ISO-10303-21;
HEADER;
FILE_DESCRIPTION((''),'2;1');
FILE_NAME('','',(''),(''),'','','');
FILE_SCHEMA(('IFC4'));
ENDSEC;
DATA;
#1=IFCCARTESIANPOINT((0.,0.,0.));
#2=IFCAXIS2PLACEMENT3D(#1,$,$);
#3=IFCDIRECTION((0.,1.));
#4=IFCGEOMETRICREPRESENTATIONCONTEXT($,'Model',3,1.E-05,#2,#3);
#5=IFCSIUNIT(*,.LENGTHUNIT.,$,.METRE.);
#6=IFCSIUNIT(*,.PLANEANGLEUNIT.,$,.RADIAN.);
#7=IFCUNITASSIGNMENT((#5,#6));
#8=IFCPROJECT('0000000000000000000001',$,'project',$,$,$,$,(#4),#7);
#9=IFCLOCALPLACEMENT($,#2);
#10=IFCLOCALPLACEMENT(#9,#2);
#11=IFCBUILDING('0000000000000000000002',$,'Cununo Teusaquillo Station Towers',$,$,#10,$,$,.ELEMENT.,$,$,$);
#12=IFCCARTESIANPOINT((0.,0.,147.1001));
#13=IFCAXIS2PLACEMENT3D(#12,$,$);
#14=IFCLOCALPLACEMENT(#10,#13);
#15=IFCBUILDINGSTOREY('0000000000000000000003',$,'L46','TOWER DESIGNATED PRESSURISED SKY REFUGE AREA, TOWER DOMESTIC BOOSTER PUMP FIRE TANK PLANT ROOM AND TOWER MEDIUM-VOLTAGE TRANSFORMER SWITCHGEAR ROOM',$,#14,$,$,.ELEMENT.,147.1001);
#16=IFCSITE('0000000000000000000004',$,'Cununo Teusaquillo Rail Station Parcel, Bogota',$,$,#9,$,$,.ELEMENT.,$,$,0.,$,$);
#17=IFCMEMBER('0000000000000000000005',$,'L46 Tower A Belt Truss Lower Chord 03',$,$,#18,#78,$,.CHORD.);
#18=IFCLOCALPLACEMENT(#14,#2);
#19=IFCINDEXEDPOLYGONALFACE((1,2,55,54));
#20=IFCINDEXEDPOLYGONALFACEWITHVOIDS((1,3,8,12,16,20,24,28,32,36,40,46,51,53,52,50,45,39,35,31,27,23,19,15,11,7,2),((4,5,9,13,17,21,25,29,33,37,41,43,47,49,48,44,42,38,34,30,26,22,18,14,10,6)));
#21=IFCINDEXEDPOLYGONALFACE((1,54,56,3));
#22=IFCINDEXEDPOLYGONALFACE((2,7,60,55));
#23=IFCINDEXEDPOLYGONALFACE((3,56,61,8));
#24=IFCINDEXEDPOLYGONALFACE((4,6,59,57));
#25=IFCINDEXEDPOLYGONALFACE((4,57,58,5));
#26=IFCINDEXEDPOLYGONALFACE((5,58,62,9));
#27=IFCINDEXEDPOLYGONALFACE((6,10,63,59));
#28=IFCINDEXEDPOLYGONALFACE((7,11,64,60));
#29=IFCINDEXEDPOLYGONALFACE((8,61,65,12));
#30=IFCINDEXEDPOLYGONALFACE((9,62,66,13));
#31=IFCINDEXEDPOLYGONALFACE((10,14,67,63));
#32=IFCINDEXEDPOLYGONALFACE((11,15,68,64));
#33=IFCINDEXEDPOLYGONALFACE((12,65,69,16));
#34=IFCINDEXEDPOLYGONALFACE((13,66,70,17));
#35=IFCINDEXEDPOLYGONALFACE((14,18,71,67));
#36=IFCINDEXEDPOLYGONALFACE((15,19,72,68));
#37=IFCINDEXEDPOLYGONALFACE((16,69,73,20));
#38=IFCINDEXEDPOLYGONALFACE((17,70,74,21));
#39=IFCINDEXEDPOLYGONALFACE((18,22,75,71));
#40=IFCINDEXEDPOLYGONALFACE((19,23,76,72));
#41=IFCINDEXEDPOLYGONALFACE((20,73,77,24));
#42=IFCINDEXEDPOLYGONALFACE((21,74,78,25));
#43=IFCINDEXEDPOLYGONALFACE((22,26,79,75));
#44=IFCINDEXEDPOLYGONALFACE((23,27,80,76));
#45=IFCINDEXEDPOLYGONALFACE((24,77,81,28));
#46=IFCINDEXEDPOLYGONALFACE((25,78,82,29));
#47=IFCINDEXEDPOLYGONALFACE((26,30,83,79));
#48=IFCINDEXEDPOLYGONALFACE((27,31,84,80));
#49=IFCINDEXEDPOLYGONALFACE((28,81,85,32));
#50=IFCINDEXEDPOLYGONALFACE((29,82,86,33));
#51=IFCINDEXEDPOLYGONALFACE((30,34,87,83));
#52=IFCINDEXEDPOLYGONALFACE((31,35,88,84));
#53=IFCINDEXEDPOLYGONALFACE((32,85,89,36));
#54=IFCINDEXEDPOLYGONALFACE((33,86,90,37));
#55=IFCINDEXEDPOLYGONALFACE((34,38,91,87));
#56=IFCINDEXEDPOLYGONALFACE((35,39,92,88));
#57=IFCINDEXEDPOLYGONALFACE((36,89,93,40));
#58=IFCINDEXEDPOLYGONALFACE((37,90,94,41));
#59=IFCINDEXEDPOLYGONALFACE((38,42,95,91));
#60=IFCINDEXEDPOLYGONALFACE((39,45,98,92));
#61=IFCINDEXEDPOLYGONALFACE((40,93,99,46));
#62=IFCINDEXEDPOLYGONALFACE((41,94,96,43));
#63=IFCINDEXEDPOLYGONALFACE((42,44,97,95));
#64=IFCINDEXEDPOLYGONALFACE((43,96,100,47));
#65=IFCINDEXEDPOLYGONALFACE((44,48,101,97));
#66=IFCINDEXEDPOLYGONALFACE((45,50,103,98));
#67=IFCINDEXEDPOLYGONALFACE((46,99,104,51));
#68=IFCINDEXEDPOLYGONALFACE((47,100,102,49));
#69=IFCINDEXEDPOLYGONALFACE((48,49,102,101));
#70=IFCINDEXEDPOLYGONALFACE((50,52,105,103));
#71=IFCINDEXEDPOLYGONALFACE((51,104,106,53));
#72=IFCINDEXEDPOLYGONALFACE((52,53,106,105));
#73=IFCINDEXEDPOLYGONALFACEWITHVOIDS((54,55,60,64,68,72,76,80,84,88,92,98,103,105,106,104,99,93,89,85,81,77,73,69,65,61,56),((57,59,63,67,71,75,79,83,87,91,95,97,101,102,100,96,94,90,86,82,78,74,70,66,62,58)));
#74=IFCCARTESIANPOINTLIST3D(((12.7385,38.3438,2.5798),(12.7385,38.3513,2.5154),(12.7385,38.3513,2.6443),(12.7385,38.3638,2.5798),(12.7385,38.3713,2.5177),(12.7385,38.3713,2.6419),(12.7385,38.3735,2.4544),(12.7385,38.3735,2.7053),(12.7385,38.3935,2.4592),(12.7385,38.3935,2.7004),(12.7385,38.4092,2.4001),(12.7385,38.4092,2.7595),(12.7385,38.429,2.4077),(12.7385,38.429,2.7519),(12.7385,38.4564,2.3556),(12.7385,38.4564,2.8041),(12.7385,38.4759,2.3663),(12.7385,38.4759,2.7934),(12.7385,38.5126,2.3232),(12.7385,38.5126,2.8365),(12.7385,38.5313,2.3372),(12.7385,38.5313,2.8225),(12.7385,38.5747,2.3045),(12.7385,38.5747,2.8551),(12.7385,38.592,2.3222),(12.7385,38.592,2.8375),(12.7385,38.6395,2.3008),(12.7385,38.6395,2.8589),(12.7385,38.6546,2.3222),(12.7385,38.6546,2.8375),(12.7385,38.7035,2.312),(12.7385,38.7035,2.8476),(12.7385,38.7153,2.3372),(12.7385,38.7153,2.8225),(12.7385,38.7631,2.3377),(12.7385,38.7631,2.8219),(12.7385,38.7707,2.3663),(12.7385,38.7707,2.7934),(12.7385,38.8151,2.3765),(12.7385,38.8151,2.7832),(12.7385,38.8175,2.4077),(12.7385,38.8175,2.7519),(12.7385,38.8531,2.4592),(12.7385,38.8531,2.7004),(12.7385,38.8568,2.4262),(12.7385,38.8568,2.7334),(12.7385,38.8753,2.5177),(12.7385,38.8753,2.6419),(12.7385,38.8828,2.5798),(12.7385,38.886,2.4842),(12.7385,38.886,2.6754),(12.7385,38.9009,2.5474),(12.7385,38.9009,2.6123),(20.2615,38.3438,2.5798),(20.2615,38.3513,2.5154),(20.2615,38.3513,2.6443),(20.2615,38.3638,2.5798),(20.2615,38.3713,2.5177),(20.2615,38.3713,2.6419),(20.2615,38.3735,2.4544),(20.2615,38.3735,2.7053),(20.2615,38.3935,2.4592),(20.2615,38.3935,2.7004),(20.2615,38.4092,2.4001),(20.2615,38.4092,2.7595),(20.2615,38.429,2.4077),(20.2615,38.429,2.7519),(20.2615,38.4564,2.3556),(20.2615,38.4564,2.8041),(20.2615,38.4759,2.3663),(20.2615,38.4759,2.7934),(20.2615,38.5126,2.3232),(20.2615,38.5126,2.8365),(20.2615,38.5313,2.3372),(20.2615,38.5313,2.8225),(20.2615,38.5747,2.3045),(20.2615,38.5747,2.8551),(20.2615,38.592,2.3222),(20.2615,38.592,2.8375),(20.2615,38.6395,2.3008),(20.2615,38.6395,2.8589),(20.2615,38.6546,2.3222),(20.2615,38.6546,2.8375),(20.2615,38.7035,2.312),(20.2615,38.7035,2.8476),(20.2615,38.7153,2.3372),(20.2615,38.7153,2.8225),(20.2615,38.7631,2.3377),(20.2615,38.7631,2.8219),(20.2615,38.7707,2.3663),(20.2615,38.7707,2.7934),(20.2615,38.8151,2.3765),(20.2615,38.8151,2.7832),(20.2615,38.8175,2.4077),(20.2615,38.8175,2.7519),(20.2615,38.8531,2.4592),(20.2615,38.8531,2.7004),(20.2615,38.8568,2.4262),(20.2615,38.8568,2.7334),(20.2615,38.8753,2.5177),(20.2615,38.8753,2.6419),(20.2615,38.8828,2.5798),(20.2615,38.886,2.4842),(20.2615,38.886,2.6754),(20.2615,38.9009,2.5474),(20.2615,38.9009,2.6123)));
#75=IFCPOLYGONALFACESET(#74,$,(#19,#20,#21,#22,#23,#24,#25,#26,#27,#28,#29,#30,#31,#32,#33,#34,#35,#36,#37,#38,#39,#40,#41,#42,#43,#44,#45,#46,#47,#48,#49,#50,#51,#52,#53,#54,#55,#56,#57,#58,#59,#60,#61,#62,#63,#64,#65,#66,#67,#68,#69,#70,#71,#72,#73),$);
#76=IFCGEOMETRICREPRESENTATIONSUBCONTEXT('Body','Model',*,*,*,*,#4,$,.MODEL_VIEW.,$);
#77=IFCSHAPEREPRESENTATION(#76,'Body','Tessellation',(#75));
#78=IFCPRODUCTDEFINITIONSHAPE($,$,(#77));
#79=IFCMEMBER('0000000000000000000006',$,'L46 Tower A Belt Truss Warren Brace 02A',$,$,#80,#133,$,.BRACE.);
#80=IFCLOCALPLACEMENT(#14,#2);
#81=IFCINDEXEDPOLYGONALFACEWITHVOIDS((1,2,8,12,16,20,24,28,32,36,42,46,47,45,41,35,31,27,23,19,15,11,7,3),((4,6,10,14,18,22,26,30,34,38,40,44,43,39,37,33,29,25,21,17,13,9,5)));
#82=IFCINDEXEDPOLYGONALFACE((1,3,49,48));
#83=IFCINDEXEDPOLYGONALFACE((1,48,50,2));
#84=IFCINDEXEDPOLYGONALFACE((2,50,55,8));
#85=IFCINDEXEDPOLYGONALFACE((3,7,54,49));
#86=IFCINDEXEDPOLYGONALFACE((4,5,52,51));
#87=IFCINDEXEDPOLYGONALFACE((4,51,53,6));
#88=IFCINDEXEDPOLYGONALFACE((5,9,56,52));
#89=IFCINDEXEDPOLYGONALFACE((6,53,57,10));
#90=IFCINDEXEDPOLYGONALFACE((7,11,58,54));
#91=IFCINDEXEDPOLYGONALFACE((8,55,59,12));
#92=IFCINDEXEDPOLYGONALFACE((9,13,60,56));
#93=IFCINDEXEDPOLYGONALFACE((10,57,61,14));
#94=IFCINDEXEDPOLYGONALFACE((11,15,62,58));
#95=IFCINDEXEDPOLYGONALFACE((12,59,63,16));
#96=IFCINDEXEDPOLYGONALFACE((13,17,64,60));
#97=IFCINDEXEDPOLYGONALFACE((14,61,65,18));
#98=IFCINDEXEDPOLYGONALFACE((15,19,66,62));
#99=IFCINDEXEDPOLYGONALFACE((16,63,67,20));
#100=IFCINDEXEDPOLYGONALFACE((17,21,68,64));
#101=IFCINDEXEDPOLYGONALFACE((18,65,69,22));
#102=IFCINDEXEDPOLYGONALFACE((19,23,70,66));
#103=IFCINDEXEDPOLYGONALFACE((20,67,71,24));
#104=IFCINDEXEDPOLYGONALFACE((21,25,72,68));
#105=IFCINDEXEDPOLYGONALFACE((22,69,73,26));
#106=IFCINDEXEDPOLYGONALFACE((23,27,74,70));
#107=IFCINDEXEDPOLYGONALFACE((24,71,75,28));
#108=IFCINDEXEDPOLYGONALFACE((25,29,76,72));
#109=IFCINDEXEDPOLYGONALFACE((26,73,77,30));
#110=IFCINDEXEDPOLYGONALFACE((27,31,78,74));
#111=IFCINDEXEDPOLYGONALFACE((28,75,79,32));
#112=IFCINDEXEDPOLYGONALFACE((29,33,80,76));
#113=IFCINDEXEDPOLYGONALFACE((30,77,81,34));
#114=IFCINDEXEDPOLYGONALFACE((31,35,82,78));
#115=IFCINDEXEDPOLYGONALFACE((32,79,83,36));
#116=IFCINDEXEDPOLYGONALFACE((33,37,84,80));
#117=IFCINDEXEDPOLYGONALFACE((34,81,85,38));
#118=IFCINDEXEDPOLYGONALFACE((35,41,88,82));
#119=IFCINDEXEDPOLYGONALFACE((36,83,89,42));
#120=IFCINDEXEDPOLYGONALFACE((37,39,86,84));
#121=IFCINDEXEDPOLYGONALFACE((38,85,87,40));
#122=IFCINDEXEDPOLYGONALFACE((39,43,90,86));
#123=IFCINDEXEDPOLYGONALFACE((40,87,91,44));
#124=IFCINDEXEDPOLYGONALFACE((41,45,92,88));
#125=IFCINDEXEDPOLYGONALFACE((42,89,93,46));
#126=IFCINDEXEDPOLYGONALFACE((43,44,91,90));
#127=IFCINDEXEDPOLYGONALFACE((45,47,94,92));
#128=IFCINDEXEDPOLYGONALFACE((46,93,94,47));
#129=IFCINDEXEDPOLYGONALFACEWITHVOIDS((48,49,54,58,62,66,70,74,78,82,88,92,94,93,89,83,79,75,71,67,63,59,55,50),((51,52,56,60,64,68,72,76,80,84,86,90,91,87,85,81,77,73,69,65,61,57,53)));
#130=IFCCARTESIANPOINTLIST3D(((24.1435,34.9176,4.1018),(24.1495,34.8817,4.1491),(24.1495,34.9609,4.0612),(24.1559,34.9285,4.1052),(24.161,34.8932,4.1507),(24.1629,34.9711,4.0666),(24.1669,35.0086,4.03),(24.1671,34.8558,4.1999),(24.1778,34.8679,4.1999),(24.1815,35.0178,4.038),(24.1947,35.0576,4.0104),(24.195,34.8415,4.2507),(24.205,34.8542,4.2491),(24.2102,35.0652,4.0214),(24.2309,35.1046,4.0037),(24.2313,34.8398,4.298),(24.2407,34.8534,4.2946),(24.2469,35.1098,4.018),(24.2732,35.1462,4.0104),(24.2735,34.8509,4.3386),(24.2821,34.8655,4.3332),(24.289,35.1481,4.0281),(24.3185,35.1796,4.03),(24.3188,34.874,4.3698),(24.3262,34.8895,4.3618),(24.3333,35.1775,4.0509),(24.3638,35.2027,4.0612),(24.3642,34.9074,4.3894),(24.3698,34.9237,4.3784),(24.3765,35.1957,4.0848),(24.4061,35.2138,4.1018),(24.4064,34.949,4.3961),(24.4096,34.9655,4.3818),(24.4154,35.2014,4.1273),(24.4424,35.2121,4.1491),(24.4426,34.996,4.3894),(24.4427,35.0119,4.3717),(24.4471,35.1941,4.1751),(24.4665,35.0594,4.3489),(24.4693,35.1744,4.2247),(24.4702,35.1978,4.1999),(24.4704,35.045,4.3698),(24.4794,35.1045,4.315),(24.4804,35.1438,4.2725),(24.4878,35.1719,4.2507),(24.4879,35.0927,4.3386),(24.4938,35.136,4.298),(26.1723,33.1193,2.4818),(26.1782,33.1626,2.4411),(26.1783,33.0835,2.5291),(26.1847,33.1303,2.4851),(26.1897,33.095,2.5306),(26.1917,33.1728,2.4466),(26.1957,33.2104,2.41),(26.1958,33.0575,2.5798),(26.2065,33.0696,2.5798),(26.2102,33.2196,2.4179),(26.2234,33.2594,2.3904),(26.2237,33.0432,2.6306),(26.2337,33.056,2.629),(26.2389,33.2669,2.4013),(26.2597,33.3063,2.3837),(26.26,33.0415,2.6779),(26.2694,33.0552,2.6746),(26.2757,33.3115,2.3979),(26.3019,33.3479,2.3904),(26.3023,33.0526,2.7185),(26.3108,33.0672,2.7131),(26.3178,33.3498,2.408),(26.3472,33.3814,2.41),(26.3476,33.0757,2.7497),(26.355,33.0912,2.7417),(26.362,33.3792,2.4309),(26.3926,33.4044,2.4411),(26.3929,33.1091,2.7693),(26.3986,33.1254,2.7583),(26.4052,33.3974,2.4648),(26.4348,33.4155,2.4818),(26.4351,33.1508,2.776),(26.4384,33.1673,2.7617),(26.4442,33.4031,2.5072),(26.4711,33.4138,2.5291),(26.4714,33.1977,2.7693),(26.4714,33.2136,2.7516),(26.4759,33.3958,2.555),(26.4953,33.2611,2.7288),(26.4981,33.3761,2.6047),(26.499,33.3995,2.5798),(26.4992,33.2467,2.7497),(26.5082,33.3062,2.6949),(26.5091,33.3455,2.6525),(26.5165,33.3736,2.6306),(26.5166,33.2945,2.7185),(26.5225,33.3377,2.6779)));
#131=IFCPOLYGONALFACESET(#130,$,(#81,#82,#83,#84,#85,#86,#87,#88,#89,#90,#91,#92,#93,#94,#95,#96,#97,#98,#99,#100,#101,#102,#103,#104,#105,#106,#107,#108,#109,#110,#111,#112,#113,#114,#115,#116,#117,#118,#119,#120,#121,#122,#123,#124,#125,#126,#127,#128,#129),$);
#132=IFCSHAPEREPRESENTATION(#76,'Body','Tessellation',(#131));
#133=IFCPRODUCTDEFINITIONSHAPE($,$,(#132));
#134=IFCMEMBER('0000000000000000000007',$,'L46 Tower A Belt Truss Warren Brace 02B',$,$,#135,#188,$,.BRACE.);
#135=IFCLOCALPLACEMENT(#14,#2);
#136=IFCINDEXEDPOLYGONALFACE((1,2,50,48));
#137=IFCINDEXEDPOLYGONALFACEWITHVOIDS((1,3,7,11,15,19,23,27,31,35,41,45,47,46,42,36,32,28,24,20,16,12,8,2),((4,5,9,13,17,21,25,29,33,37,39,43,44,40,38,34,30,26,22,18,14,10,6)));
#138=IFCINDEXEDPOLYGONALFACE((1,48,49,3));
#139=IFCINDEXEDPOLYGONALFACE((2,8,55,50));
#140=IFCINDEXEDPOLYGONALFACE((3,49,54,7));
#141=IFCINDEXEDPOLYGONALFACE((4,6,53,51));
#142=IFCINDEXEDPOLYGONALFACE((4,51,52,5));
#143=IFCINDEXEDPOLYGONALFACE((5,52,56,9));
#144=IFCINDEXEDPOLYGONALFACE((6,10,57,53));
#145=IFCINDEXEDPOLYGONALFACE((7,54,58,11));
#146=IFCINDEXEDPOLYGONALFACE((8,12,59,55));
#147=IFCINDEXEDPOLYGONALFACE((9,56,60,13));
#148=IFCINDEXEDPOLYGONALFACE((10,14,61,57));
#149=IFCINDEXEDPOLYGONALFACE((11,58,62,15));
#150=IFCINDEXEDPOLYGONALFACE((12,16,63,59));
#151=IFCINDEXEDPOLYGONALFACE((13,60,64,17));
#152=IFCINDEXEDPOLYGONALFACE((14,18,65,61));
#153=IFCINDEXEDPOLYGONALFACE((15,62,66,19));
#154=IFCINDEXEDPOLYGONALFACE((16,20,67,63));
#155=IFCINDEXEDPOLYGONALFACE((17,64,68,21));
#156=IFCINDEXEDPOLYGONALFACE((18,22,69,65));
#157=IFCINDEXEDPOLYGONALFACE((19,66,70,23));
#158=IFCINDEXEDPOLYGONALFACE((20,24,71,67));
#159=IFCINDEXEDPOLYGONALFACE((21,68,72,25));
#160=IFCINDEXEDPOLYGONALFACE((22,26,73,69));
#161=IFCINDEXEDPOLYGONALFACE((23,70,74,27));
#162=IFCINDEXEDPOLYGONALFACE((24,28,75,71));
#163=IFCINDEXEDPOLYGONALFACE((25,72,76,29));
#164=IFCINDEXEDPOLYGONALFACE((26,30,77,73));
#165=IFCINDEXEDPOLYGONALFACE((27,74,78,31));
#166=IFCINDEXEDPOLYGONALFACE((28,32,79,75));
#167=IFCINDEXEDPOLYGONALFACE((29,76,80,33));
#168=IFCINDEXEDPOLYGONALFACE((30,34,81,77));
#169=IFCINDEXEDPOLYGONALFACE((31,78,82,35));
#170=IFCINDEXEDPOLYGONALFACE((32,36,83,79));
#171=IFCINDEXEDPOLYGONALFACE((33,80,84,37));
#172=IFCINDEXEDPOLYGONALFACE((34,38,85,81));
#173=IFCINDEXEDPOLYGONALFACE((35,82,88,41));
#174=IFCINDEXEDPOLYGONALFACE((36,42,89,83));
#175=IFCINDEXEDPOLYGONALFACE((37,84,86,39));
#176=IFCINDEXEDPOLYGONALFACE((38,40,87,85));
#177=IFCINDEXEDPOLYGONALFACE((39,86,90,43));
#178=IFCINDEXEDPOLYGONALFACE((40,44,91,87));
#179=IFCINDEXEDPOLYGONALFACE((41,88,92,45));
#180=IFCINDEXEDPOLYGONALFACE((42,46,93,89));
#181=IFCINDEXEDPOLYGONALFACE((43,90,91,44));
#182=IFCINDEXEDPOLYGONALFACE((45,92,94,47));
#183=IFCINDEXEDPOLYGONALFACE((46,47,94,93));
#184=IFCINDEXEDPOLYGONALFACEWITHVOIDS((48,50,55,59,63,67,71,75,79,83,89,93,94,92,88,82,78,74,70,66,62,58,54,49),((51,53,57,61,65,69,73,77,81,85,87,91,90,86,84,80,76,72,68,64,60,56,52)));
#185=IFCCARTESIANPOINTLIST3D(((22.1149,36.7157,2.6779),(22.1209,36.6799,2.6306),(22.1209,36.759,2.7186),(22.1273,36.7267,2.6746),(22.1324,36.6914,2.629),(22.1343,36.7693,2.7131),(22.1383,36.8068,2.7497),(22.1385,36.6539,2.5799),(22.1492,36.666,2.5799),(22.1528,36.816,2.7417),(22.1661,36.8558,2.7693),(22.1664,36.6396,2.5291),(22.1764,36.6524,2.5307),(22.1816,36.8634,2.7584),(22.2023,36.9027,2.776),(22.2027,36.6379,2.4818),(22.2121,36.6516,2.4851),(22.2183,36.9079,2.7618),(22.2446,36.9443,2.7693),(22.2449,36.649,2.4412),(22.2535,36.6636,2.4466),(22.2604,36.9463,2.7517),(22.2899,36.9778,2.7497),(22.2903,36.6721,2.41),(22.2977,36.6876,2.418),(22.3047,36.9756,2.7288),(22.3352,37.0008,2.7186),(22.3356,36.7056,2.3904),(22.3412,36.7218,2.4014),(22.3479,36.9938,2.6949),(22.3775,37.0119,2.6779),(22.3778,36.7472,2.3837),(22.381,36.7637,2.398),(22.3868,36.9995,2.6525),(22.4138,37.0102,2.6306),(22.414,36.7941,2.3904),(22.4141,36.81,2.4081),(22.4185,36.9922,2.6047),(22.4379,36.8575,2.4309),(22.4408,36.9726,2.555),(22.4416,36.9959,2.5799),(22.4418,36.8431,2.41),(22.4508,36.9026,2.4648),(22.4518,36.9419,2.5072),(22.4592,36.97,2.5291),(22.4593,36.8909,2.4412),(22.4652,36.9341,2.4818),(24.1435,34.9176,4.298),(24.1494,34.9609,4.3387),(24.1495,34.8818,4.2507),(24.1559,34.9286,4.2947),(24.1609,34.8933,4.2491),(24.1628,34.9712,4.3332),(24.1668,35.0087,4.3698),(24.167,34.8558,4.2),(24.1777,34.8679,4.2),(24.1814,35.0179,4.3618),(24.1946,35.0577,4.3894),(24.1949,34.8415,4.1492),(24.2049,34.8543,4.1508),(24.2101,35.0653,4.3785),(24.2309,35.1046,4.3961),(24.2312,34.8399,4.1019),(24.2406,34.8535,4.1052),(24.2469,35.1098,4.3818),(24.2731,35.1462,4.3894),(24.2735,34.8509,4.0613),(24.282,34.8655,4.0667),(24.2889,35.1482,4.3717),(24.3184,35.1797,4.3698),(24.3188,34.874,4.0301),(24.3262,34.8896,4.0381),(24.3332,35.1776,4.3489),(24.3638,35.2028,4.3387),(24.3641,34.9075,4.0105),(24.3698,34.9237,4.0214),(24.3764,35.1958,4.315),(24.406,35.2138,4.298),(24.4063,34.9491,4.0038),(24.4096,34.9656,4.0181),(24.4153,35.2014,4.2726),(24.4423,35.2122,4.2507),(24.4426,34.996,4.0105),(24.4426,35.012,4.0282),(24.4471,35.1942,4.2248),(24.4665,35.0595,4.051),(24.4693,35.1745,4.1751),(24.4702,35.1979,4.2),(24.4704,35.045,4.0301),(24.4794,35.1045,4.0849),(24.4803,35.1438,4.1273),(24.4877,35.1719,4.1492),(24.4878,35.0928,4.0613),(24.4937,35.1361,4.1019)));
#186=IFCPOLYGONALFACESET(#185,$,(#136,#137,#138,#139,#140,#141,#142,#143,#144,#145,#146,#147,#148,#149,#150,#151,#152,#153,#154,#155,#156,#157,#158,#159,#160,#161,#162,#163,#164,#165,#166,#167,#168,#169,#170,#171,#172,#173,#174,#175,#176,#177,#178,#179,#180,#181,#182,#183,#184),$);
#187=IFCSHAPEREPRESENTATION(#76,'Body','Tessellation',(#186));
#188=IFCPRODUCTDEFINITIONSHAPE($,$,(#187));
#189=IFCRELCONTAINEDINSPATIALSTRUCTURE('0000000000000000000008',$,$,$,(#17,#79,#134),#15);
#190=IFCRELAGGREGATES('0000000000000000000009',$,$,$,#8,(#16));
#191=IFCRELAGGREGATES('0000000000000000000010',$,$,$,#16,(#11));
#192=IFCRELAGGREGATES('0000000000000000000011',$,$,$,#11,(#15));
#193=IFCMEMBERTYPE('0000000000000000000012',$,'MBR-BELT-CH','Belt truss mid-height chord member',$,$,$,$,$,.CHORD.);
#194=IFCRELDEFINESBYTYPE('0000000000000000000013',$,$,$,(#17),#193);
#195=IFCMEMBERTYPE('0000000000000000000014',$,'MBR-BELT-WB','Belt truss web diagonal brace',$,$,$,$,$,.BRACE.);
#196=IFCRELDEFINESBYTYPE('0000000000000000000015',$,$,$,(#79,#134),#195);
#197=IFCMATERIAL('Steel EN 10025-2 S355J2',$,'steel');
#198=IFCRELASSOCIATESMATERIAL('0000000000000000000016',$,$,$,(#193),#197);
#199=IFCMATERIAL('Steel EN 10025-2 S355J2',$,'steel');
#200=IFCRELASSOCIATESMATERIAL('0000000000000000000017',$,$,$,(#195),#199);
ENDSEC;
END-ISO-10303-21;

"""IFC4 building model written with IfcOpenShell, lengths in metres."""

from ifc_helpers import new_model, si_unit, direction, frame, origin, origin_2d, place, context, subcontext, project, spatial, hollow_circle, extrude, material, material_profile, profile_set, type_object, element, save


model = new_model("IFC4")

# Units and contexts
model_context = context("Model", 3, precision=1e-05, world=origin(), true_north=direction((0.0, 1.0)))
body_context = subcontext(model_context, "Body", "Model", "MODEL_VIEW")
ifc_project = project(units=[si_unit("LENGTHUNIT", "METRE"), si_unit("PLANEANGLEUNIT", "RADIAN")], contexts=[model_context])

# Site, building, storey
site_placement = place(None, origin())
site = spatial("IfcSite", under=ifc_project, at=site_placement, Name="Cununo Teusaquillo Rail Station Parcel, Bogota", CompositionType="ELEMENT", RefElevation=0.0)
building_placement = place(site_placement, origin())
building = spatial("IfcBuilding", under=site, at=building_placement, Name="Cununo Teusaquillo Station Towers", CompositionType="ELEMENT")
storey_placement = place(building_placement, frame((0.0, 0.0, 147.1001)))
storey = spatial("IfcBuildingStorey", under=building, at=storey_placement, Name="L46", Description="TOWER DESIGNATED PRESSURISED SKY REFUGE AREA, TOWER DOMESTIC BOOSTER PUMP FIRE TANK PLANT ROOM AND TOWER MEDIUM-VOLTAGE TRANSFORMER SWITCHGEAR ROOM", CompositionType="ELEMENT", Elevation=147.1001)

# Members
ifc_material_1 = material(Name="Steel EN 10025-2 S355J2", Category="steel")
ifc_material_profile_1 = material_profile(ifc_material_1, hollow_circle(Radius=0.2795, WallThickness=0.02, at=origin_2d()), Name="CHS 559x20")
ifc_profile_set_1 = profile_set([ifc_material_profile_1], Name="Steel EN 10025-2 S355J2")
member_type_1 = type_object("IfcMemberType", Name="MBR-BELT-CH", Description="Belt truss mid-height chord member", PredefinedType="CHORD", material=ifc_profile_set_1)
member_1_placement = place(storey_placement, frame((20.2615, 38.6233, 2.5798), z_axis=(-1.0, 0.0, 0.0), x_axis=(0.0, -1.0, 0.0)))
element("IfcMember", 1, at=member_1_placement, inside=storey, type_object=member_type_1, Name="L46 Tower A Belt Truss Lower Chord 03", PredefinedType="CHORD", context=body_context, shape_type="SweptSolid", body=[
    extrude(hollow_circle(Radius=0.2795, WallThickness=0.02, at=origin_2d()), origin(), (0.0, 0.0, 1.0), 7.5229),
])
ifc_material_2 = material(Name="Steel EN 10025-2 S355J2", Category="steel")
ifc_material_profile_2 = material_profile(ifc_material_2, hollow_circle(Radius=0.2285, WallThickness=0.0161, at=origin_2d()), Name="CHS 457x16")
ifc_profile_set_2 = profile_set([ifc_material_profile_2], Name="Steel EN 10025-2 S355J2")
member_type_2 = type_object("IfcMemberType", Name="MBR-BELT-WB", Description="Belt truss web diagonal brace", PredefinedType="BRACE", material=ifc_profile_set_2)
member_2_placement = place(storey_placement, frame((26.3474, 33.2285, 2.5798), z_axis=(-0.642373, 0.569401, 0.512971), x_axis=(-0.663324, -0.748333, 0.0)))
element("IfcMember", 2, at=member_2_placement, inside=storey, type_object=member_type_2, Name="L46 Tower A Belt Truss Warren Brace 02A", PredefinedType="BRACE", context=body_context, shape_type="SweptSolid", body=[
    extrude(hollow_circle(Radius=0.2285, WallThickness=0.0161, at=origin_2d()), origin(), (0.0, 0.0, 1.0), 3.1582),
])
member_3_placement = place(storey_placement, frame((24.3186, 35.0269, 4.2), z_axis=(-0.642356, 0.569377, -0.513019), x_axis=(-0.663318, -0.748338, 0.0)))
element("IfcMember", 3, at=member_3_placement, inside=storey, type_object=member_type_2, Name="L46 Tower A Belt Truss Warren Brace 02B", PredefinedType="BRACE", context=body_context, shape_type="SweptSolid", body=[
    extrude(hollow_circle(Radius=0.2285, WallThickness=0.0161, at=origin_2d()), origin(), (0.0, 0.0, 1.0), 3.158),
])

save(model, "model.ifc")
